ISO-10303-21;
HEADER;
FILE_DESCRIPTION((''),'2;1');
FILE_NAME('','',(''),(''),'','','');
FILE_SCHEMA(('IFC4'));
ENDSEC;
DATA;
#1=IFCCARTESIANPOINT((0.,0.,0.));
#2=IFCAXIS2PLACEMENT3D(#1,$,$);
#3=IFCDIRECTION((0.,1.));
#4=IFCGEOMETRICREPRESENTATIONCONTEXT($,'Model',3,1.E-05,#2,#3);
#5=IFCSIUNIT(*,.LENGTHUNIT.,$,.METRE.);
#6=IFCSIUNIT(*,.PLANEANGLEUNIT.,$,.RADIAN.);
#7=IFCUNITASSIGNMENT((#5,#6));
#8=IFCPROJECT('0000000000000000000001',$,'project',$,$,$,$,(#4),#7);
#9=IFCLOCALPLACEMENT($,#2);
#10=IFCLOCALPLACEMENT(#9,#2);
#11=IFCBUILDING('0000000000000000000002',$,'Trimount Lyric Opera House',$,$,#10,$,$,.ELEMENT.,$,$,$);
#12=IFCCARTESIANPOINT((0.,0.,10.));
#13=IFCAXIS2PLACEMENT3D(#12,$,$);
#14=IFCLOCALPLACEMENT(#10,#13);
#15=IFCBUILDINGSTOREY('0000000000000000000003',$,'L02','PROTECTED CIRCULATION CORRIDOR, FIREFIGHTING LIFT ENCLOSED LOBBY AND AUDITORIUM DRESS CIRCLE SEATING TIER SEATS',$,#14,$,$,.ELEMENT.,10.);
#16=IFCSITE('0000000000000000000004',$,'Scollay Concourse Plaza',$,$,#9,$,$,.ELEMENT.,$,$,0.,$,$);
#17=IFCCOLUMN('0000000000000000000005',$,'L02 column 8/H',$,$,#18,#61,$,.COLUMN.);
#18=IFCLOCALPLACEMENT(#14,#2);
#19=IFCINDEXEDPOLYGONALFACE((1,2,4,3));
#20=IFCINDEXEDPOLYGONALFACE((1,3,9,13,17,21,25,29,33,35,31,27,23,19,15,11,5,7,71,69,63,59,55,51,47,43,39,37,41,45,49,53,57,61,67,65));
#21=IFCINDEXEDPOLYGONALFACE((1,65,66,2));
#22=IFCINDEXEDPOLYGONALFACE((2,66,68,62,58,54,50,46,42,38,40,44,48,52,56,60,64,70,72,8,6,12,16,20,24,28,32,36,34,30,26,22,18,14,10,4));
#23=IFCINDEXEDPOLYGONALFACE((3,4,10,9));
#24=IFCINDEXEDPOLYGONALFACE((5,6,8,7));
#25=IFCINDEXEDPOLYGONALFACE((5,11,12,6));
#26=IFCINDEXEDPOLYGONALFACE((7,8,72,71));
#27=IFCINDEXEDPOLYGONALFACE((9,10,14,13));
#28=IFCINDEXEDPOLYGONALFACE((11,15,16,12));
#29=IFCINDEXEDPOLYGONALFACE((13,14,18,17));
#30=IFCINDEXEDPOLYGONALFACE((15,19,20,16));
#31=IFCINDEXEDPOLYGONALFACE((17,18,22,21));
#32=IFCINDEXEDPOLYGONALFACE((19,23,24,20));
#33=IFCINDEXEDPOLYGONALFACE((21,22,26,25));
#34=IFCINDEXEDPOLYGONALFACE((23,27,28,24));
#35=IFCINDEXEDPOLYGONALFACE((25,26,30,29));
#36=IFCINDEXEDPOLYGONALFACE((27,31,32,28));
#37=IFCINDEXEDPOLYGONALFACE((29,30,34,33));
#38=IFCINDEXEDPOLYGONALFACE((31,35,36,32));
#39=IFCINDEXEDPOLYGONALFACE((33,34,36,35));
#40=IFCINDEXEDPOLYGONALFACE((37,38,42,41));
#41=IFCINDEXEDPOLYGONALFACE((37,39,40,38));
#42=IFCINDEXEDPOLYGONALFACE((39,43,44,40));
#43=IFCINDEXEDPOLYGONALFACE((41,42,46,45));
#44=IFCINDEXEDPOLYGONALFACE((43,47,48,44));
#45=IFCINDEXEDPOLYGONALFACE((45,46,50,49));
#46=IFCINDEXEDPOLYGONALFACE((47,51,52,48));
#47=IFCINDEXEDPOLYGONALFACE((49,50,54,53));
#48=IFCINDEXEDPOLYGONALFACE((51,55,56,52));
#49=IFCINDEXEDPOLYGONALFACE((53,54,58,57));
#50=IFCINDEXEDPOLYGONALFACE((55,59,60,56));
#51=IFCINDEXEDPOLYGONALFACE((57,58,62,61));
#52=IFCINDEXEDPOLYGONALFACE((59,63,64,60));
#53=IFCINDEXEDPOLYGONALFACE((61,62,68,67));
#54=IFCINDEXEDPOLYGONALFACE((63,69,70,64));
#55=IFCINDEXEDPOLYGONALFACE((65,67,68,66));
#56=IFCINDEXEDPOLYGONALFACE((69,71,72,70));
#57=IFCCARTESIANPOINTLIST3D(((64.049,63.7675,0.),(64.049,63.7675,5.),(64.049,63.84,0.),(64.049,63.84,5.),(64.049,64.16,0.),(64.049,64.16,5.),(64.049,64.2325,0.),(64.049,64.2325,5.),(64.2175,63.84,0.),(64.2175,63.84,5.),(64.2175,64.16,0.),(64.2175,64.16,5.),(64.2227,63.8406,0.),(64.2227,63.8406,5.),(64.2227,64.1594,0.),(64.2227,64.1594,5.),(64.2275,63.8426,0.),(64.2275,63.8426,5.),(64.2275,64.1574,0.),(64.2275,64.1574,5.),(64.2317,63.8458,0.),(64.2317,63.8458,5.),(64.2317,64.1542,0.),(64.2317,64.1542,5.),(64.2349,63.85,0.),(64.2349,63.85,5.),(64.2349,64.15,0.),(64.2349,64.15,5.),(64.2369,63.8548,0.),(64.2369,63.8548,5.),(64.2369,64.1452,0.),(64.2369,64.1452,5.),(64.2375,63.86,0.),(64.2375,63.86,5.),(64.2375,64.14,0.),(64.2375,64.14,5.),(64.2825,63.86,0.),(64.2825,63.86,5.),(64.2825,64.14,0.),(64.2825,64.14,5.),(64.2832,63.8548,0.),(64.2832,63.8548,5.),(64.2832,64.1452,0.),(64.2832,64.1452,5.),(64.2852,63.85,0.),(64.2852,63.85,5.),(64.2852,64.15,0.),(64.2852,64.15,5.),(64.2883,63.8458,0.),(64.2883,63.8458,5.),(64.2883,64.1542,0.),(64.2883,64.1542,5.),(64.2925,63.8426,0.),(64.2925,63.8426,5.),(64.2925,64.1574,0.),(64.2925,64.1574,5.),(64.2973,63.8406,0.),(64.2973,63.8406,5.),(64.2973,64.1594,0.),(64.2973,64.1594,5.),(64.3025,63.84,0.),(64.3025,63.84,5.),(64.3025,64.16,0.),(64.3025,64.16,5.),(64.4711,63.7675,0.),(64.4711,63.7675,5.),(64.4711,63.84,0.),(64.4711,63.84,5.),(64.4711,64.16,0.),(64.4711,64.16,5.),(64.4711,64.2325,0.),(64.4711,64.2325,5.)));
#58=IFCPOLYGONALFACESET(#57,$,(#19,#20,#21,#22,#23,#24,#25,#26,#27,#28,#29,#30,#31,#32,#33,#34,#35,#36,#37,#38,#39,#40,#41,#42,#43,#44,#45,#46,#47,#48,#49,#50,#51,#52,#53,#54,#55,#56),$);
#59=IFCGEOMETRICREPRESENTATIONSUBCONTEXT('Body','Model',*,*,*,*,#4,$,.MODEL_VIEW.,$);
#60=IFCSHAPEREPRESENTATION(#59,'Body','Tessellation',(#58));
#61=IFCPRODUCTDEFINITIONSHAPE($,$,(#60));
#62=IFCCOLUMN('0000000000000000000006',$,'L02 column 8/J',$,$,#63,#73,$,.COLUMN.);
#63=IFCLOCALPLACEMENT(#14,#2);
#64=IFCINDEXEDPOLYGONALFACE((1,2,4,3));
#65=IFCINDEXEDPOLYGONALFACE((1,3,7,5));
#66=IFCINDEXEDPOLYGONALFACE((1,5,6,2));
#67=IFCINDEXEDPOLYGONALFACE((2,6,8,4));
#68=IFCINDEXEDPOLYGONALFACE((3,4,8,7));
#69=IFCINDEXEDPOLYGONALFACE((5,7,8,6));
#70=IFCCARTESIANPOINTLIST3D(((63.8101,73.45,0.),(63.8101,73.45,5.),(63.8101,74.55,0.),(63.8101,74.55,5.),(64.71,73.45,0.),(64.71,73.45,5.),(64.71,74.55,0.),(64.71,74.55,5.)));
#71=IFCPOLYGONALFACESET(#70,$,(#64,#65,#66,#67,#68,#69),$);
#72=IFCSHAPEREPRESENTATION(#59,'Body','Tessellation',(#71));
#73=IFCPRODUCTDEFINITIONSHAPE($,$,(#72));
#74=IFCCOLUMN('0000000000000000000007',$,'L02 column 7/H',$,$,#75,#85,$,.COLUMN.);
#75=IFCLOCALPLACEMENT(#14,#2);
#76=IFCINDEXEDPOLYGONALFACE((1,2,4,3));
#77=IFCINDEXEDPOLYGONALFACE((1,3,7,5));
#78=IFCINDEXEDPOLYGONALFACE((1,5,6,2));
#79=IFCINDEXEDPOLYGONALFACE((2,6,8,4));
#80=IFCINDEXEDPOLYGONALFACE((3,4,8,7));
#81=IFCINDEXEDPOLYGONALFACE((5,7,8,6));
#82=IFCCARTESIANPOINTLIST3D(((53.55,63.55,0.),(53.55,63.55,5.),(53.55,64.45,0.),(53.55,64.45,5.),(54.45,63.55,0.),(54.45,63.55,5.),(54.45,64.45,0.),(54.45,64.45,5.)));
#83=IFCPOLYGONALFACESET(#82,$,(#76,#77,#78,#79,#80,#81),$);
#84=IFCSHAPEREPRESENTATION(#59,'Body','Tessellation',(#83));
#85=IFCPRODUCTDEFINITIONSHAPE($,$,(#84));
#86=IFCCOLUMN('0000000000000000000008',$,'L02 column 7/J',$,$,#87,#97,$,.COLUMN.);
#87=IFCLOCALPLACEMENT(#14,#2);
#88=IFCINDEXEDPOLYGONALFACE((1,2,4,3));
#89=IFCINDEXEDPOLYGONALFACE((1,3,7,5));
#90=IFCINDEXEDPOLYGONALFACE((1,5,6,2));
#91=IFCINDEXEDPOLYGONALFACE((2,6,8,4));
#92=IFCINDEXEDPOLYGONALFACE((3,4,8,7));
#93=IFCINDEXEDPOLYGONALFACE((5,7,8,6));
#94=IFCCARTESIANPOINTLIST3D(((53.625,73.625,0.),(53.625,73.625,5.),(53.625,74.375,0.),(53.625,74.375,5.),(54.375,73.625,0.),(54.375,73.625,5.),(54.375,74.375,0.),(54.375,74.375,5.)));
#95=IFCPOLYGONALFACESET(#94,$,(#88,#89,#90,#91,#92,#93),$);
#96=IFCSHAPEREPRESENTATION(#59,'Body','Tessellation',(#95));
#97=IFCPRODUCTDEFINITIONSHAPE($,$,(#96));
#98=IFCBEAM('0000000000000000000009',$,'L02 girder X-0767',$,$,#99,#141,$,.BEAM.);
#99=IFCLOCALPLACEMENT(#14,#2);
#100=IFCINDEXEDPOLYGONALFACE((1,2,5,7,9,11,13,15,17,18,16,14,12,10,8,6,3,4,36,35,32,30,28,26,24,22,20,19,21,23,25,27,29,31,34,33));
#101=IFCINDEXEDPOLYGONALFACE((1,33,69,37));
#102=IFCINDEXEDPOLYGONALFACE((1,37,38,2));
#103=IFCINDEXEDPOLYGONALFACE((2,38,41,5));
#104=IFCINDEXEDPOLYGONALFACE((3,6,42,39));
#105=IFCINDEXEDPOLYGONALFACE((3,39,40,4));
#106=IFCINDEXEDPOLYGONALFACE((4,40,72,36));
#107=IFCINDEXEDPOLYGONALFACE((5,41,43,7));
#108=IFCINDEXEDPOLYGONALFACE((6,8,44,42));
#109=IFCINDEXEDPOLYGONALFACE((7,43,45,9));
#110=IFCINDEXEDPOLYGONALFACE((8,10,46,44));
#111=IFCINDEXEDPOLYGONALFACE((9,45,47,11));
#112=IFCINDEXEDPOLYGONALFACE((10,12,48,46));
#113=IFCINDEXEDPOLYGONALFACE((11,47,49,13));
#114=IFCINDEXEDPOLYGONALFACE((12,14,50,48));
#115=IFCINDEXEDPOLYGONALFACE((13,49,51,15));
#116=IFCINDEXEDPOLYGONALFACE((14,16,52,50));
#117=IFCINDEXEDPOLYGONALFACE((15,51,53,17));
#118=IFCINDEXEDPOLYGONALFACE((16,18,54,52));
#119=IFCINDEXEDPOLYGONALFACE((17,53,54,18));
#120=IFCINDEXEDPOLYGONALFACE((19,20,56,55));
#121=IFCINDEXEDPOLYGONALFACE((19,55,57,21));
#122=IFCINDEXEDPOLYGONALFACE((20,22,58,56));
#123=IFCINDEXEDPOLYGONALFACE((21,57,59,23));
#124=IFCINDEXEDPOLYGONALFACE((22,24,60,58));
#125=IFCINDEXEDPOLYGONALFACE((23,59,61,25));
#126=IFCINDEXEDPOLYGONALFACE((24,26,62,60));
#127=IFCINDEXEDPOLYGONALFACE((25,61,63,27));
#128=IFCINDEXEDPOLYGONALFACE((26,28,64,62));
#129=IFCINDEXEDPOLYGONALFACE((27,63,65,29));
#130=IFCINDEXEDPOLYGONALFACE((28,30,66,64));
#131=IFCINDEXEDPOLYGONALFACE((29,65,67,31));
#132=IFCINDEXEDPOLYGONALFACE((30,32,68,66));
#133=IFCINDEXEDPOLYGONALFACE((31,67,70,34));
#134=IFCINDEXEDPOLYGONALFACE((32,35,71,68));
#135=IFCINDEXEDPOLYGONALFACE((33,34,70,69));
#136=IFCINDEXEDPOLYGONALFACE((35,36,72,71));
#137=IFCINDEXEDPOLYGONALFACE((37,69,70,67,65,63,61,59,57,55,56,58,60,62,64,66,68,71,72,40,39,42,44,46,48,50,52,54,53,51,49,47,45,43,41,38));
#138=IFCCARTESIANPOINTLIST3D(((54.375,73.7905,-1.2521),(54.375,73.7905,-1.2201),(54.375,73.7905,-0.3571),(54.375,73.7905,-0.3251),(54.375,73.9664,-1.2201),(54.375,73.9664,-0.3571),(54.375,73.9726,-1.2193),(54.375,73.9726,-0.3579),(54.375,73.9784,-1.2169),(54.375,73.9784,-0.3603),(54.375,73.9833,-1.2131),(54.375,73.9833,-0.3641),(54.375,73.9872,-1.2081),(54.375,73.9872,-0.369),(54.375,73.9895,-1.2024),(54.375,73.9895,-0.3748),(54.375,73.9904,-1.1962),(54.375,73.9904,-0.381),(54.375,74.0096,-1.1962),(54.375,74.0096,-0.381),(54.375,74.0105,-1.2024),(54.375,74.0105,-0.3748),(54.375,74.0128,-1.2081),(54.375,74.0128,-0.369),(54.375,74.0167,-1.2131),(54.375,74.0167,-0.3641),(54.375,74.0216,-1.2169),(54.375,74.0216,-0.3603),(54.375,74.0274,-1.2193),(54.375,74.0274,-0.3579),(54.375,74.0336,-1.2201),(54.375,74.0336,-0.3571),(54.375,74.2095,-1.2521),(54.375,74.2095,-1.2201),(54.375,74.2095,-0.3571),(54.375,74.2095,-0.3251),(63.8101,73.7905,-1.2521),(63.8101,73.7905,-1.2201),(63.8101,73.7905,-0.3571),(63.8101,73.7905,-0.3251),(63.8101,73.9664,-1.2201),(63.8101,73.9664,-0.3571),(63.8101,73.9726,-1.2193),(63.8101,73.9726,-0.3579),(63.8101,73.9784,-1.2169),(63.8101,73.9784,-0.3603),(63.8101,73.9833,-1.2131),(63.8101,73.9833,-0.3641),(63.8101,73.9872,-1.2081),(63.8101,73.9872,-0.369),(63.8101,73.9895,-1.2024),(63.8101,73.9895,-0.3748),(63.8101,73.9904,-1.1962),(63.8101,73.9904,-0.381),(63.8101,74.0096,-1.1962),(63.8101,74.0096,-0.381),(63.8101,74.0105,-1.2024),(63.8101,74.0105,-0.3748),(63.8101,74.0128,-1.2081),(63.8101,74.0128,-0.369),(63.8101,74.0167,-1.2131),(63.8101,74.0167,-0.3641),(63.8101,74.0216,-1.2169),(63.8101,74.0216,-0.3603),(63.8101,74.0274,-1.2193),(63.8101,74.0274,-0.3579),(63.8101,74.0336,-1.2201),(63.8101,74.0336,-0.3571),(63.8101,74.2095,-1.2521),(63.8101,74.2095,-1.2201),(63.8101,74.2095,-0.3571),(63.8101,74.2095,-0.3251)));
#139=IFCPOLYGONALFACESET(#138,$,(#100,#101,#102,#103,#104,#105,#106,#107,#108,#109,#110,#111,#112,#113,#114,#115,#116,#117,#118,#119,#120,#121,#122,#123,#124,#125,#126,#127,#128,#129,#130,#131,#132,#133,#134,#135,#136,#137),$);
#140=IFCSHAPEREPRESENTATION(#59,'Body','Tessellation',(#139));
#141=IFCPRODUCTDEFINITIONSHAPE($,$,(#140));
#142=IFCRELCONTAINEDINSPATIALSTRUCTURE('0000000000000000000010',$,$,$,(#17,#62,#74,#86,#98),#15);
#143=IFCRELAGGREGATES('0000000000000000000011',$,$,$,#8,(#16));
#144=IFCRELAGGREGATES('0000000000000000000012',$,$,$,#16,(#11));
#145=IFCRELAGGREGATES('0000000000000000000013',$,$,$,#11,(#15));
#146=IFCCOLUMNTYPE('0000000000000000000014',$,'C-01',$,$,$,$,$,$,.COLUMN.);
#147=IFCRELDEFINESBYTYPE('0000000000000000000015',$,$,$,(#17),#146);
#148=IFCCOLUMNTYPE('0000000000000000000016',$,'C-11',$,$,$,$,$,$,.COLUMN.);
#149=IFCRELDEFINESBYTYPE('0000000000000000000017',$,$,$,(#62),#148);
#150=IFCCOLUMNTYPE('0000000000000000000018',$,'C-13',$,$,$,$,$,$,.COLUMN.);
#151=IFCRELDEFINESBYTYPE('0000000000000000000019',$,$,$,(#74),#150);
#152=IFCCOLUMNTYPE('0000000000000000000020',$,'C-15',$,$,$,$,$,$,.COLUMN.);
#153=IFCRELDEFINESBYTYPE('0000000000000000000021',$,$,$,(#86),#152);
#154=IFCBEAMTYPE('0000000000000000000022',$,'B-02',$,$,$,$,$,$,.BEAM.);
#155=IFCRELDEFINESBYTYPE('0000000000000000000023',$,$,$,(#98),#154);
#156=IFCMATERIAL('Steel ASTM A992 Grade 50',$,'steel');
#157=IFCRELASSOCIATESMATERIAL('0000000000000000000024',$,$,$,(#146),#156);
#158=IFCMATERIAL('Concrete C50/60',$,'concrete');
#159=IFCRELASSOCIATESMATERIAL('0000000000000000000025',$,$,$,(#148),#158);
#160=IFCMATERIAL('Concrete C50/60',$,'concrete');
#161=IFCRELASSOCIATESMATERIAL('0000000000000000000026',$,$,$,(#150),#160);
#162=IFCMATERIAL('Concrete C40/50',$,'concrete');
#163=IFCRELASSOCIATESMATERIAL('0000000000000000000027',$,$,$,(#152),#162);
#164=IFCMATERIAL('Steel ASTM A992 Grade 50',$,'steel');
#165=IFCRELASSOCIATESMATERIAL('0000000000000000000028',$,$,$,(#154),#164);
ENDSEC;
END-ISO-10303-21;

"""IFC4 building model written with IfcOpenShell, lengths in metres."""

from ifc_helpers import new_model, si_unit, direction, frame, origin, origin_2d, place, context, subcontext, project, spatial, rectangle, i_section, extrude, material, material_profile, profile_set, type_object, element, save


model = new_model("IFC4")

# Units and contexts
model_context = context("Model", 3, precision=1e-05, world=origin(), true_north=direction((0.0, 1.0)))
body_context = subcontext(model_context, "Body", "Model", "MODEL_VIEW")
ifc_project = project(units=[si_unit("LENGTHUNIT", "METRE"), si_unit("PLANEANGLEUNIT", "RADIAN")], contexts=[model_context])

# Site, building, storey
site_placement = place(None, origin())
site = spatial("IfcSite", under=ifc_project, at=site_placement, Name="Scollay Concourse Plaza", CompositionType="ELEMENT", RefElevation=0.0)
building_placement = place(site_placement, origin())
building = spatial("IfcBuilding", under=site, at=building_placement, Name="Trimount Lyric Opera House", CompositionType="ELEMENT")
storey_placement = place(building_placement, frame((0.0, 0.0, 10.0)))
storey = spatial("IfcBuildingStorey", under=building, at=storey_placement, Name="L02", Description="PROTECTED CIRCULATION CORRIDOR, FIREFIGHTING LIFT ENCLOSED LOBBY AND AUDITORIUM DRESS CIRCLE SEATING TIER SEATS", CompositionType="ELEMENT", Elevation=10.0)

# Columns
ifc_material_1 = material(Name="Steel ASTM A992 Grade 50", Category="steel")
ifc_material_profile_1 = material_profile(ifc_material_1, i_section(OverallWidth=0.4221, OverallDepth=0.4651, WebThickness=0.0449, FlangeThickness=0.0725, FilletRadius=0.02, at=origin_2d()), Name="W14X398")
ifc_profile_set_1 = profile_set([ifc_material_profile_1], Name="Steel ASTM A992 Grade 50")
column_type_1 = type_object("IfcColumnType", Name="C-01", PredefinedType="COLUMN", material=ifc_profile_set_1)
column_1_placement = place(storey_placement, frame((64.26, 64.0, 0.0), z_axis=(0.0, 0.0, 1.0), x_axis=(1.0, 0.0, 0.0)))
element("IfcColumn", 1, at=column_1_placement, inside=storey, type_object=column_type_1, Name="L02 column 8/H", PredefinedType="COLUMN", context=body_context, shape_type="SweptSolid", body=[
    extrude(i_section(OverallWidth=0.4221, OverallDepth=0.4651, WebThickness=0.0449, FlangeThickness=0.0725, FilletRadius=0.02, at=origin_2d()), origin(), (0.0, 0.0, 1.0), 5.0),
])
ifc_material_2 = material(Name="Concrete C50/60", Category="concrete")
ifc_material_profile_2 = material_profile(ifc_material_2, rectangle(XDim=0.8999, YDim=1.1001, at=origin_2d()), Name="RC1100X900")
ifc_profile_set_2 = profile_set([ifc_material_profile_2], Name="Concrete C50/60")
column_type_2 = type_object("IfcColumnType", Name="C-11", PredefinedType="COLUMN", material=ifc_profile_set_2)
column_2_placement = place(storey_placement, frame((64.26, 74.0, 0.0), z_axis=(0.0, 0.0, 1.0), x_axis=(1.0, 0.0, 0.0)))
element("IfcColumn", 2, at=column_2_placement, inside=storey, type_object=column_type_2, Name="L02 column 8/J", PredefinedType="COLUMN", context=body_context, shape_type="SweptSolid", body=[
    extrude(rectangle(XDim=0.8999, YDim=1.1001, at=origin_2d()), origin(), (0.0, 0.0, 1.0), 5.0),
])
ifc_material_3 = material(Name="Concrete C50/60", Category="concrete")
ifc_material_profile_3 = material_profile(ifc_material_3, rectangle(XDim=0.8999, YDim=0.8999, at=origin_2d()), Name="RC900X900")
ifc_profile_set_3 = profile_set([ifc_material_profile_3], Name="Concrete C50/60")
column_type_3 = type_object("IfcColumnType", Name="C-13", PredefinedType="COLUMN", material=ifc_profile_set_3)
column_3_placement = place(storey_placement, frame((54.0, 64.0, 0.0), z_axis=(0.0, 0.0, 1.0), x_axis=(1.0, 0.0, 0.0)))
element("IfcColumn", 3, at=column_3_placement, inside=storey, type_object=column_type_3, Name="L02 column 7/H", PredefinedType="COLUMN", context=body_context, shape_type="SweptSolid", body=[
    extrude(rectangle(XDim=0.8999, YDim=0.8999, at=origin_2d()), origin(), (0.0, 0.0, 1.0), 5.0),
])
ifc_material_4 = material(Name="Concrete C40/50", Category="concrete")
ifc_material_profile_4 = material_profile(ifc_material_4, rectangle(XDim=0.75, YDim=0.75, at=origin_2d()), Name="RC750X750")
ifc_profile_set_4 = profile_set([ifc_material_profile_4], Name="Concrete C40/50")
column_type_4 = type_object("IfcColumnType", Name="C-15", PredefinedType="COLUMN", material=ifc_profile_set_4)
column_4_placement = place(storey_placement, frame((54.0, 74.0, 0.0), z_axis=(0.0, 0.0, 1.0), x_axis=(1.0, 0.0, 0.0)))
element("IfcColumn", 4, at=column_4_placement, inside=storey, type_object=column_type_4, Name="L02 column 7/J", PredefinedType="COLUMN", context=body_context, shape_type="SweptSolid", body=[
    extrude(rectangle(XDim=0.75, YDim=0.75, at=origin_2d()), origin(), (0.0, 0.0, 1.0), 5.0),
])

# Beam
ifc_material_5 = material(Name="Steel ASTM A992 Grade 50", Category="steel")
ifc_material_profile_5 = material_profile(ifc_material_5, i_section(OverallWidth=0.4189, OverallDepth=0.927, WebThickness=0.0193, FlangeThickness=0.032, FilletRadius=0.0239, at=origin_2d()), Name="W36X231")
ifc_profile_set_5 = profile_set([ifc_material_profile_5], Name="Steel ASTM A992 Grade 50")
beam_type_1 = type_object("IfcBeamType", Name="B-02", PredefinedType="BEAM", material=ifc_profile_set_5)
beam_1_placement = place(storey_placement, frame((54.375, 74.0, -0.7886), z_axis=(1.0, 0.0, 0.0), x_axis=(0.0, 1.0, 0.0)))
element("IfcBeam", 5, at=beam_1_placement, inside=storey, type_object=beam_type_1, Name="L02 girder X-0767", PredefinedType="BEAM", context=body_context, shape_type="SweptSolid", body=[
    extrude(i_section(OverallWidth=0.4189, OverallDepth=0.927, WebThickness=0.0193, FlangeThickness=0.032, FilletRadius=0.0239, at=origin_2d()), origin(), (0.0, 0.0, 1.0), 9.4351),
])

save(model, "model.ifc")
